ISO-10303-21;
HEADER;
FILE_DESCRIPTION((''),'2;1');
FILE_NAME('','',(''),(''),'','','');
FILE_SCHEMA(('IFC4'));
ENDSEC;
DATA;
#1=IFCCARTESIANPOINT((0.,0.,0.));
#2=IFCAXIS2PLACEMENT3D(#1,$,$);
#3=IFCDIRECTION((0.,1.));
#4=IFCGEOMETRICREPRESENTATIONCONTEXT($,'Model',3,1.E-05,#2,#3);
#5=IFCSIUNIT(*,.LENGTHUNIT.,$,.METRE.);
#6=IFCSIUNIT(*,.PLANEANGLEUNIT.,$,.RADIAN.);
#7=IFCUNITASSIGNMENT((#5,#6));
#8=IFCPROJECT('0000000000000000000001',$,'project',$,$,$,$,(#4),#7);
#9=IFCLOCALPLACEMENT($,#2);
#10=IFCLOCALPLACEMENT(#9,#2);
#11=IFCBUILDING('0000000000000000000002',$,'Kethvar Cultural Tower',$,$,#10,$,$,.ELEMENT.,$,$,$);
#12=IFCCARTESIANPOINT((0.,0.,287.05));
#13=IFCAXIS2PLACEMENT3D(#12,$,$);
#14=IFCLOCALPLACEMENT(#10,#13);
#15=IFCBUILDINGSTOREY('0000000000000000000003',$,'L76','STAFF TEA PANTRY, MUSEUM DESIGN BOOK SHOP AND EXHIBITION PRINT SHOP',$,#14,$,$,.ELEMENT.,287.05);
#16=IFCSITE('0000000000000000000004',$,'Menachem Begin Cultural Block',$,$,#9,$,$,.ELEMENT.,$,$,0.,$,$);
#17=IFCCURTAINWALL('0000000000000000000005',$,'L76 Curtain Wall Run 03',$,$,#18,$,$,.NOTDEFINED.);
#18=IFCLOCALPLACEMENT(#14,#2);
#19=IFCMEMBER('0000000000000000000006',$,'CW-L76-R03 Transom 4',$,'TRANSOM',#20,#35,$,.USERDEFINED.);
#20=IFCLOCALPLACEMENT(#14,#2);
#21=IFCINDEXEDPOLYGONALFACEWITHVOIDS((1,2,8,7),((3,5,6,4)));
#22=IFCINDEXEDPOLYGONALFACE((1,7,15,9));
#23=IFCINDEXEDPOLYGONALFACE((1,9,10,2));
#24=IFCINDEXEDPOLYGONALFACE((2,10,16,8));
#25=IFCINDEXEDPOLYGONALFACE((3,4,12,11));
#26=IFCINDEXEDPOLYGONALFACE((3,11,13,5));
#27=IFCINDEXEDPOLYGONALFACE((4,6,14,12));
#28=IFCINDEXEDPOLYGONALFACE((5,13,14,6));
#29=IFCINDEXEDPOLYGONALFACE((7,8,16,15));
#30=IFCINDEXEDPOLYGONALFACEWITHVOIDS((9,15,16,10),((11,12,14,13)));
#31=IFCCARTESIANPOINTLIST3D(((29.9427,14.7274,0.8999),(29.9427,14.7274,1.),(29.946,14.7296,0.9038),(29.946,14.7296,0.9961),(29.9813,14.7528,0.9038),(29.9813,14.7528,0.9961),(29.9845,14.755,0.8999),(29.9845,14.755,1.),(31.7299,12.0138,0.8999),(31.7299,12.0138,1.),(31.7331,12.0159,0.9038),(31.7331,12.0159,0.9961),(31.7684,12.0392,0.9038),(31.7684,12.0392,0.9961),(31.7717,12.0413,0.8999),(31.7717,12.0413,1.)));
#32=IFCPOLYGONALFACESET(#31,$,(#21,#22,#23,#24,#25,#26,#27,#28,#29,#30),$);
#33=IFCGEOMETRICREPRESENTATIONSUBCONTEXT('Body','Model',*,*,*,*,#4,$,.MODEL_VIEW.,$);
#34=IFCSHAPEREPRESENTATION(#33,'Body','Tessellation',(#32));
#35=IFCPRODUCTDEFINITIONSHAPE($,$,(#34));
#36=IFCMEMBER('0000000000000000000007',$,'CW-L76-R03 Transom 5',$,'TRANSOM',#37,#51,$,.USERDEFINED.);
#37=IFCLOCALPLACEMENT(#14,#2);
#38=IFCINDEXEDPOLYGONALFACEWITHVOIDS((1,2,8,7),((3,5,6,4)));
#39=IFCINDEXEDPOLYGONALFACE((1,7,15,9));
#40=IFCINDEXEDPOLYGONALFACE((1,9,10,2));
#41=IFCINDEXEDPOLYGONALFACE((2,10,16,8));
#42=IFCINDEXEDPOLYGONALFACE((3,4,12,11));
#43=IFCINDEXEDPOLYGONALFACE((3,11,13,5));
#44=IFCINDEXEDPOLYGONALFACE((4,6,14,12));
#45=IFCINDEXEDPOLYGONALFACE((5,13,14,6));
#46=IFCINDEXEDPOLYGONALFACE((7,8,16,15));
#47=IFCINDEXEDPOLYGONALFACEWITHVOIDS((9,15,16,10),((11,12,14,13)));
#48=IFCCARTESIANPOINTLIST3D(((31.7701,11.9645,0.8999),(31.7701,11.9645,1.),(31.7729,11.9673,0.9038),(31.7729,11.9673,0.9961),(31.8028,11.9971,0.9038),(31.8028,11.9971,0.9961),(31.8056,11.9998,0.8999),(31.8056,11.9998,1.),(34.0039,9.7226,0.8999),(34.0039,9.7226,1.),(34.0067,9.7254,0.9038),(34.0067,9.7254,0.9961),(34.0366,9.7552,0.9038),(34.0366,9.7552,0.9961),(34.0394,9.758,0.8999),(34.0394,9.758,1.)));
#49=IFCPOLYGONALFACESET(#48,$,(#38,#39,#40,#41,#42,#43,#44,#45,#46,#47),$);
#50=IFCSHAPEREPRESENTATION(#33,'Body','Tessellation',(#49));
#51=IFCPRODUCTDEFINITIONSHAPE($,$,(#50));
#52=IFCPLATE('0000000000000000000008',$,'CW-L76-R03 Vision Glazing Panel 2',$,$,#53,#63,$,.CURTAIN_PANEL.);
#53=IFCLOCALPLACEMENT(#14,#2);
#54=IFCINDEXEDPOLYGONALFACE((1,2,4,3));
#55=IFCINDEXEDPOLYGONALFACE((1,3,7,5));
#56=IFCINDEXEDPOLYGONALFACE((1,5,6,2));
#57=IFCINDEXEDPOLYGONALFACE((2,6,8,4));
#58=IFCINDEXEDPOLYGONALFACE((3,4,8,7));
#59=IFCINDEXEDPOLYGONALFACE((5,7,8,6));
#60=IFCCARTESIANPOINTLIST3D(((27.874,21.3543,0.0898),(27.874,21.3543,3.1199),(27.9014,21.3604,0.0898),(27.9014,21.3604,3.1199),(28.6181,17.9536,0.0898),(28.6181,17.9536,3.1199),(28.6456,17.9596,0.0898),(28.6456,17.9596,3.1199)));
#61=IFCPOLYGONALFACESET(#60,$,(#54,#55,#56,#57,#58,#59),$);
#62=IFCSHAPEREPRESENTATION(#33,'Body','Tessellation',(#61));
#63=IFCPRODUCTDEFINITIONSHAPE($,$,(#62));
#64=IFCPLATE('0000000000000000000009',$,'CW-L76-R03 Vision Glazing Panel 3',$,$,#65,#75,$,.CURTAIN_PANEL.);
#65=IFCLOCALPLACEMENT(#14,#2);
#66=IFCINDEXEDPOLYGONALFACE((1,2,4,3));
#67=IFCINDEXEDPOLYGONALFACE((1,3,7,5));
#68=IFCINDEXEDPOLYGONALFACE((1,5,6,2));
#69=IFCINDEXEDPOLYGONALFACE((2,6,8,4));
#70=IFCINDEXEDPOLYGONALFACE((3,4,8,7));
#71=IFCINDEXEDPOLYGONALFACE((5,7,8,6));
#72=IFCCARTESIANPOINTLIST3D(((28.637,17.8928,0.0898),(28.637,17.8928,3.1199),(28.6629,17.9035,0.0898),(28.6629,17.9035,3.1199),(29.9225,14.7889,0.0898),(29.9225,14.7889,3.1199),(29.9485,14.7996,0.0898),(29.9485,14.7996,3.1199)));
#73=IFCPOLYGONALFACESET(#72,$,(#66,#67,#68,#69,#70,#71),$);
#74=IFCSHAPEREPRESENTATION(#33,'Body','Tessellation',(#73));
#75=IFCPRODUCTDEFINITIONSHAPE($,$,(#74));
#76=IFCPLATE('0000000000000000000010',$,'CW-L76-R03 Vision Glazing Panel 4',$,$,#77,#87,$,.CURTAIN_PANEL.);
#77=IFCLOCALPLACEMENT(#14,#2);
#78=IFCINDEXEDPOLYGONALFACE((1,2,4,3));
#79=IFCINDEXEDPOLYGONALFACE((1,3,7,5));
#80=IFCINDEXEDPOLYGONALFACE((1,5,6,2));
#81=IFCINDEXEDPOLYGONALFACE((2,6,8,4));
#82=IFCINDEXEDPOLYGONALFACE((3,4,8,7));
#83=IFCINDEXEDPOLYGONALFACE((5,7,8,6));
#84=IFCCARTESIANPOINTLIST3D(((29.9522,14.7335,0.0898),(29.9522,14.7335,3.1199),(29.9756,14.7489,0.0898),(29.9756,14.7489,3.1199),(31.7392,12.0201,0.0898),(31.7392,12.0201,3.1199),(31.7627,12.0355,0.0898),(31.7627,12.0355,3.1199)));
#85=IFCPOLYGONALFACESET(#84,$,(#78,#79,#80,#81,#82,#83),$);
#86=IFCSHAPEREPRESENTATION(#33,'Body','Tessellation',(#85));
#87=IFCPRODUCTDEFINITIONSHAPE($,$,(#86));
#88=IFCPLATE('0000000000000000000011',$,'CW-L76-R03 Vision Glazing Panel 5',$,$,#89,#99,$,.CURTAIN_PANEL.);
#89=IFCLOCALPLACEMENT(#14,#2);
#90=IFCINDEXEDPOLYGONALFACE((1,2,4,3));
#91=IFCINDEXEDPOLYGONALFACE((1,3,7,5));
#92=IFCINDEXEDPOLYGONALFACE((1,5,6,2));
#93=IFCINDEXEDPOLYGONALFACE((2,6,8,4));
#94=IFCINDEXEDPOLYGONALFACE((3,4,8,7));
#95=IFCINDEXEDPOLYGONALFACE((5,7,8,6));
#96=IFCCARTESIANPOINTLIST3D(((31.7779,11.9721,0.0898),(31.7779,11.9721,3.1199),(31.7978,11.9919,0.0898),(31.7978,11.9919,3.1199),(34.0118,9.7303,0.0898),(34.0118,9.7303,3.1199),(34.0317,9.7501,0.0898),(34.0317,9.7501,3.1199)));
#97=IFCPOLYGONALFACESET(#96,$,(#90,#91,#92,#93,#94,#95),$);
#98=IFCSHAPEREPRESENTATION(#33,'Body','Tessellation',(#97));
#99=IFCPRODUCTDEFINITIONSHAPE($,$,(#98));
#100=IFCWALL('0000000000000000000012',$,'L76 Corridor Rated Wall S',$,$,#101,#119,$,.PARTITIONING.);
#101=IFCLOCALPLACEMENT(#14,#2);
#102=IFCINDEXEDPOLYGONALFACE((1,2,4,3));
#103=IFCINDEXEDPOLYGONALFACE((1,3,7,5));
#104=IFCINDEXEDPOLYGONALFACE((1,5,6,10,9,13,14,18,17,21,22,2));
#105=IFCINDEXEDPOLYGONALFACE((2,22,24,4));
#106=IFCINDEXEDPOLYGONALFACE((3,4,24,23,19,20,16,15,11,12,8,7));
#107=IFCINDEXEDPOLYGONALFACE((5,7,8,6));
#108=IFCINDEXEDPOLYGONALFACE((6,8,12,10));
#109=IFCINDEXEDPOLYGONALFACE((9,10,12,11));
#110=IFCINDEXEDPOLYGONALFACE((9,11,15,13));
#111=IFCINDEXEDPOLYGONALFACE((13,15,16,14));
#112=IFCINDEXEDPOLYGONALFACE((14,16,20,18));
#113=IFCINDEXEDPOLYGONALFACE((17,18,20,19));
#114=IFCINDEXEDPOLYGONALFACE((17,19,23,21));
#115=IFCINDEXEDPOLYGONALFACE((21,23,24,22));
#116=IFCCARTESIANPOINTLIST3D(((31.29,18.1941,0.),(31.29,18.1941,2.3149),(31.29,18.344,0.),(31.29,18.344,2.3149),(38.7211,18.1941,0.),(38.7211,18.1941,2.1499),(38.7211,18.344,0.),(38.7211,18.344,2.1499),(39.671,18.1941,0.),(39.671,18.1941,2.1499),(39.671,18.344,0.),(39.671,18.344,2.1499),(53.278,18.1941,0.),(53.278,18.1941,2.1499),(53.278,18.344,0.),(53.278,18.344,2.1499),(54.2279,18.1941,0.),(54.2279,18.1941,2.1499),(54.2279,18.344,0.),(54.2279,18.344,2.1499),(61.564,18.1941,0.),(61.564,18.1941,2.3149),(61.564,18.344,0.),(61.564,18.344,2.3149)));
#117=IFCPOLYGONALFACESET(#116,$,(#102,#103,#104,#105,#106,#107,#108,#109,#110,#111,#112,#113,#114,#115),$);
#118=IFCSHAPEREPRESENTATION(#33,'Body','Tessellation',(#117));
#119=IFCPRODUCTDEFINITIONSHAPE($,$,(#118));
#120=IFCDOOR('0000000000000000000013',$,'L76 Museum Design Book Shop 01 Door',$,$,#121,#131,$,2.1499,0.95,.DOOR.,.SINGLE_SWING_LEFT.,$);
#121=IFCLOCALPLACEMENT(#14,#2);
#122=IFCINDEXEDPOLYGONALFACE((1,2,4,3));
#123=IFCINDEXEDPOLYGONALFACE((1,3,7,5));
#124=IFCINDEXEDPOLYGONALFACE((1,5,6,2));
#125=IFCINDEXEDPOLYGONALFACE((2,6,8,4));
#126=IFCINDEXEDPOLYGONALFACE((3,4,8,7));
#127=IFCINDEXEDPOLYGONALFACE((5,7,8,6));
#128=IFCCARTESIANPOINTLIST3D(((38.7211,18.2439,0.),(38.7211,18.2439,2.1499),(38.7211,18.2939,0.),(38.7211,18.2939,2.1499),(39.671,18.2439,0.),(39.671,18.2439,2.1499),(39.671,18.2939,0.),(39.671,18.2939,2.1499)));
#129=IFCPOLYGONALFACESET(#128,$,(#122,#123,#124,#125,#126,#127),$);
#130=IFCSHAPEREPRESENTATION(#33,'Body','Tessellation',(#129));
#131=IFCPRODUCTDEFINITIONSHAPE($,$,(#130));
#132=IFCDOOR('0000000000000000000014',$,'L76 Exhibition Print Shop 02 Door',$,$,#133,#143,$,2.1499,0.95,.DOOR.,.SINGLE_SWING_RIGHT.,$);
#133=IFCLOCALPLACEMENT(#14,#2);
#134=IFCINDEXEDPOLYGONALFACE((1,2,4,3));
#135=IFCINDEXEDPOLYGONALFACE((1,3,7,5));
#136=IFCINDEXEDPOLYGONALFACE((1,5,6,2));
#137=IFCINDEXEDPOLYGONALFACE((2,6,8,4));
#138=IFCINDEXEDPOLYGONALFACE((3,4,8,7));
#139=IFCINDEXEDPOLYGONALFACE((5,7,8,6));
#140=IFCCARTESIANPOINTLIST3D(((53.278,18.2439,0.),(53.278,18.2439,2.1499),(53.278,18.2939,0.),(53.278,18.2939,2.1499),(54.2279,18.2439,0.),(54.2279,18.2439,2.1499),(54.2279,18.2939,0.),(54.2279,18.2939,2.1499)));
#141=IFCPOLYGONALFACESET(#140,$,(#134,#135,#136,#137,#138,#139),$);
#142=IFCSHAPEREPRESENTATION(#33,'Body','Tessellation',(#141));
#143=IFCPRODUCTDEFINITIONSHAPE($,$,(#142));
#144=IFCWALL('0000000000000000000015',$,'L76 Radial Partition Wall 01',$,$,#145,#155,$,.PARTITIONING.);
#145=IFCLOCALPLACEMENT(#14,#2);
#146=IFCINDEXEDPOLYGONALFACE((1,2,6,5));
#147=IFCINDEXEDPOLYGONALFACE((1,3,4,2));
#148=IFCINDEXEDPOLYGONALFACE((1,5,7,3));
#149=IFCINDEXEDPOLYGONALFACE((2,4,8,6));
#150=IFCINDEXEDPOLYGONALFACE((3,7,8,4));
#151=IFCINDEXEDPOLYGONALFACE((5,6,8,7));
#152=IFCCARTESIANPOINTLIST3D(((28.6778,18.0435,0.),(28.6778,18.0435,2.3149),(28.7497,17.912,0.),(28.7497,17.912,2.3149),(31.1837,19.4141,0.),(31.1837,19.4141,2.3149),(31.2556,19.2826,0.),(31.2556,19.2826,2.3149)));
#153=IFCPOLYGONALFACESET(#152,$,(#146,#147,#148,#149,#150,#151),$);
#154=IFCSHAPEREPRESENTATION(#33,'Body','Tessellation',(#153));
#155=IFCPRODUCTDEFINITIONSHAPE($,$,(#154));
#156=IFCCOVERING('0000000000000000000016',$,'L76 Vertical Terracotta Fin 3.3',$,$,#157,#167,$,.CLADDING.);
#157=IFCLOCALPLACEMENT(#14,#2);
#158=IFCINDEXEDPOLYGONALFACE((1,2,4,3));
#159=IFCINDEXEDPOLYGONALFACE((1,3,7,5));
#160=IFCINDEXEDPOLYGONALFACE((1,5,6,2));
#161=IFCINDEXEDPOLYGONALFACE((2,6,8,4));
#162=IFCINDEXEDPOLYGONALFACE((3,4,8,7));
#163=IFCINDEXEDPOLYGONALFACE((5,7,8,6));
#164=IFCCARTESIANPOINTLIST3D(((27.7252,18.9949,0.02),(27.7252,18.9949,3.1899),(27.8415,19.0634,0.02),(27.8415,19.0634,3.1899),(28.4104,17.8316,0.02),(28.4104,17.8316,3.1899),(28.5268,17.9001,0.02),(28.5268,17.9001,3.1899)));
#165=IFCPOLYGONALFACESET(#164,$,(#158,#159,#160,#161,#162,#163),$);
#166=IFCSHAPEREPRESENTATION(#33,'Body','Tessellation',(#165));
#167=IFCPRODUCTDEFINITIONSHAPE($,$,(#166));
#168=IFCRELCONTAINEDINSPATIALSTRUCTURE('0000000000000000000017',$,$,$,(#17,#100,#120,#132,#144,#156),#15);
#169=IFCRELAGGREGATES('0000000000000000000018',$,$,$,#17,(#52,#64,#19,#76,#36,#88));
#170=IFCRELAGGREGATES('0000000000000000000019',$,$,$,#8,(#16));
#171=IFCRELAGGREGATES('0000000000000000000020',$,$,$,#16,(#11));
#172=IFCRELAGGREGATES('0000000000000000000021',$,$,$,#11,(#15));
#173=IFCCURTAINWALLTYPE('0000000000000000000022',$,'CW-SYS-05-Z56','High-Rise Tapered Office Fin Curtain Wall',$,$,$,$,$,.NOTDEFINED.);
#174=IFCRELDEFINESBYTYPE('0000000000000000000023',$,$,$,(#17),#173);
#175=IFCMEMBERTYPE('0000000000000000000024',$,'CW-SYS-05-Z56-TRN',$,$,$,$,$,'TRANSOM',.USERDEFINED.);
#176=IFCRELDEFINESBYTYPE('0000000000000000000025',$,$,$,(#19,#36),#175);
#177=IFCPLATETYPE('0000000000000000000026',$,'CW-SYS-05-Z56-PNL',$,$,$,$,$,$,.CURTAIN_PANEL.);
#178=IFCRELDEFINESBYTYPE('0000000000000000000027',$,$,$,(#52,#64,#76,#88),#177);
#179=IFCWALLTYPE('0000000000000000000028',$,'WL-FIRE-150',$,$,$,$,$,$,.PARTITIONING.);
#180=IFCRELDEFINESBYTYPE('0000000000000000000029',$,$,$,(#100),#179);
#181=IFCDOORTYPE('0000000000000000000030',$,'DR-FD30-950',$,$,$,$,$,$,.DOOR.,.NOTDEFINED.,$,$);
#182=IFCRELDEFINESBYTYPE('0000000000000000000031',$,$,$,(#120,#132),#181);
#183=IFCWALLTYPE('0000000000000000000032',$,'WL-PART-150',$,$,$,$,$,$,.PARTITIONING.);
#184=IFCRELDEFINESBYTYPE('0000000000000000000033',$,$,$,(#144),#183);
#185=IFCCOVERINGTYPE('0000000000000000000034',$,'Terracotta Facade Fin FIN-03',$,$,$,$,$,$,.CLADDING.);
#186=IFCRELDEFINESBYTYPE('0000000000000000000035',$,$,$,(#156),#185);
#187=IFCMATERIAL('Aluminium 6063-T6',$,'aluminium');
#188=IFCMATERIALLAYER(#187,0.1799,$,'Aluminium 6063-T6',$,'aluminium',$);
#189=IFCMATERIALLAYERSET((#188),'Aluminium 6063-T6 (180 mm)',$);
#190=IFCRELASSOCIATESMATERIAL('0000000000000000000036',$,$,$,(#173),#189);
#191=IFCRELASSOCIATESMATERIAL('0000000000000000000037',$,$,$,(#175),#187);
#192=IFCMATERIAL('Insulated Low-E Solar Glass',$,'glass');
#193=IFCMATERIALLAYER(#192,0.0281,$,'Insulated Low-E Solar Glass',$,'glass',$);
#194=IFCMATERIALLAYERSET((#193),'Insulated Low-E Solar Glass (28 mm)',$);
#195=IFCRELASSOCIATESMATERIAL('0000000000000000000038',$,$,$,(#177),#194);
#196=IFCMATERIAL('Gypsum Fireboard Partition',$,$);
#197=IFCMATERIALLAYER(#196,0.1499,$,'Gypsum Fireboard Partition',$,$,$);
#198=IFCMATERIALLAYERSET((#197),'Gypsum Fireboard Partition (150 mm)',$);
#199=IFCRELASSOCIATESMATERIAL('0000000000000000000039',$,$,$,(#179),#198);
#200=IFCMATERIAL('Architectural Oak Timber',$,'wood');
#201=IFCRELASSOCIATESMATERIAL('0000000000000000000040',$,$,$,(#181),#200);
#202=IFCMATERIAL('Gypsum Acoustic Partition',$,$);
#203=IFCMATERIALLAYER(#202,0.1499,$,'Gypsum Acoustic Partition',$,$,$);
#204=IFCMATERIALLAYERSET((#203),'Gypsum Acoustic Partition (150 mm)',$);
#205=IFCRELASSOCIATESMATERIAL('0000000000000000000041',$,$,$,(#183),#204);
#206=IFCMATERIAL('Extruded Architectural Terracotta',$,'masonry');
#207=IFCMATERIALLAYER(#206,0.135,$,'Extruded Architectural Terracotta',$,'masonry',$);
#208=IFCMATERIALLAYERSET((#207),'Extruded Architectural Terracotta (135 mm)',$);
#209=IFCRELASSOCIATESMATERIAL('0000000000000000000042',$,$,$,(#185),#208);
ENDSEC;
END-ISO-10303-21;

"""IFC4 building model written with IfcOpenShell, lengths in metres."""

from ifc_helpers import new_model, si_unit, direction, frame, frame_2d, origin, origin_2d, place, context, subcontext, project, spatial, rectangle, hollow_rectangle, extrude, source, transform, mapped, material, layer, layer_set, material_profile, profile_set, type_object, element, fill, aggregate, save


model = new_model("IFC4")

# Units and contexts
model_context = context("Model", 3, precision=1e-05, world=origin(), true_north=direction((0.0, 1.0)))
body_context = subcontext(model_context, "Body", "Model", "MODEL_VIEW")
ifc_project = project(units=[si_unit("LENGTHUNIT", "METRE"), si_unit("PLANEANGLEUNIT", "RADIAN")], contexts=[model_context])

# Site, building, storey
site_placement = place(None, origin())
site = spatial("IfcSite", under=ifc_project, at=site_placement, Name="Menachem Begin Cultural Block", CompositionType="ELEMENT", RefElevation=0.0)
building_placement = place(site_placement, origin())
building = spatial("IfcBuilding", under=site, at=building_placement, Name="Kethvar Cultural Tower", CompositionType="ELEMENT")
storey_placement = place(building_placement, frame((0.0, 0.0, 287.05)))
storey = spatial("IfcBuildingStorey", under=building, at=storey_placement, Name="L76", Description="STAFF TEA PANTRY, MUSEUM DESIGN BOOK SHOP AND EXHIBITION PRINT SHOP", CompositionType="ELEMENT", Elevation=287.05)

# Curtain wall, members, plates
ifc_material_1 = material(Name="Aluminium 6063-T6", Category="aluminium")
ifc_layer_1 = layer(ifc_material_1, 0.1799, Name="Aluminium 6063-T6", Category="aluminium")
ifc_layer_set_1 = layer_set([ifc_layer_1], Name="Aluminium 6063-T6 (180 mm)")
curtain_wall_type = type_object("IfcCurtainWallType", Name="CW-SYS-05-Z56", Description="High-Rise Tapered Office Fin Curtain Wall", PredefinedType="NOTDEFINED", material=ifc_layer_set_1)
curtain_wall_placement = place(storey_placement, origin())
curtain_wall = element("IfcCurtainWall", 1, at=curtain_wall_placement, inside=storey, type_object=curtain_wall_type, Name="L76 Curtain Wall Run 03", PredefinedType="NOTDEFINED")
ifc_material_profile_1 = material_profile(ifc_material_1, hollow_rectangle(XDim=0.05, YDim=0.1001, WallThickness=0.0039, at=origin_2d()), Name="Aluminium 6063-T6 — RHS100x50x4")
ifc_profile_set_1 = profile_set([ifc_material_profile_1], Name="Aluminium 6063-T6 — RHS100x50x4")
member_type_1 = type_object("IfcMemberType", Name="CW-SYS-05-Z56-TRN", ElementType="TRANSOM", PredefinedType="USERDEFINED", material=ifc_profile_set_1)
shared_shape_1 = source(origin(), body_context, "Body", "SweptSolid", [
    extrude(hollow_rectangle(XDim=0.05, YDim=0.1001, WallThickness=0.0039, at=origin_2d()), origin(), (0.0, 0.0, 1.0), 3.2493),
])
member_1_placement = place(storey_placement, frame((29.9636, 14.7412, 0.95), z_axis=(0.55001, -0.835158, 0.0), x_axis=(0.835158, 0.55001, 0.0)))
member_1 = element("IfcMember", 2, at=member_1_placement, type_object=member_type_1, Name="CW-L76-R03 Transom 4", ObjectType="TRANSOM", PredefinedType="USERDEFINED", context=body_context, shape_type="MappedRepresentation", body=[
    mapped(shared_shape_1, transform((0.0, 0.0, 0.0), scale=1.0)),
])
shared_shape_2 = source(origin(), body_context, "Body", "SweptSolid", [
    extrude(hollow_rectangle(XDim=0.05, YDim=0.1001, WallThickness=0.0039, at=origin_2d()), origin(), (0.0, 0.0, 1.0), 3.1648),
])
member_2_placement = place(storey_placement, frame((31.7878, 11.9822, 0.95), z_axis=(0.705833, -0.708378, 0.0), x_axis=(0.708378, 0.705833, 0.0)))
member_2 = element("IfcMember", 3, at=member_2_placement, type_object=member_type_1, Name="CW-L76-R03 Transom 5", ObjectType="TRANSOM", PredefinedType="USERDEFINED", context=body_context, shape_type="MappedRepresentation", body=[
    mapped(shared_shape_2, transform((0.0, 0.0, 0.0), scale=1.0)),
])
ifc_material_2 = material(Name="Insulated Low-E Solar Glass", Category="glass")
ifc_layer_2 = layer(ifc_material_2, 0.0281, Name="Insulated Low-E Solar Glass", Category="glass")
ifc_layer_set_2 = layer_set([ifc_layer_2], Name="Insulated Low-E Solar Glass (28 mm)")
plate_type = type_object("IfcPlateType", Name="CW-SYS-05-Z56-PNL", PredefinedType="CURTAIN_PANEL", material=ifc_layer_set_2)
shared_shape_3 = source(origin(), body_context, "Body", "SweptSolid", [
    extrude(rectangle(XDim=3.4812, YDim=0.0281, at=origin_2d()), origin(), (0.0, 0.0, 1.0), 3.03),
])
plate_1_placement = place(storey_placement, frame((28.2598, 19.657, 0.0898), z_axis=(0.0, 0.0, 1.0), x_axis=(0.213764, -0.976885, 0.0)))
plate_1 = element("IfcPlate", 4, at=plate_1_placement, type_object=plate_type, Name="CW-L76-R03 Vision Glazing Panel 2", PredefinedType="CURTAIN_PANEL", context=body_context, shape_type="MappedRepresentation", body=[
    mapped(shared_shape_3, transform((0.0, 0.0, 0.0), scale=1.0)),
])
shared_shape_4 = source(origin(), body_context, "Body", "SweptSolid", [
    extrude(rectangle(XDim=3.3596, YDim=0.0281, at=origin_2d()), origin(), (0.0, 0.0, 1.0), 3.03),
])
plate_2_placement = place(storey_placement, frame((29.2927, 16.3462, 0.0898), z_axis=(0.0, 0.0, 1.0), x_axis=(0.382651, -0.923893, 0.0)))
plate_2 = element("IfcPlate", 5, at=plate_2_placement, type_object=plate_type, Name="CW-L76-R03 Vision Glazing Panel 3", PredefinedType="CURTAIN_PANEL", context=body_context, shape_type="MappedRepresentation", body=[
    mapped(shared_shape_4, transform((0.0, 0.0, 0.0), scale=1.0)),
])
shared_shape_5 = source(origin(), body_context, "Body", "SweptSolid", [
    extrude(rectangle(XDim=3.249, YDim=0.0281, at=origin_2d()), origin(), (0.0, 0.0, 1.0), 3.03),
])
plate_3_placement = place(storey_placement, frame((30.8574, 13.3845, 0.0898), z_axis=(0.0, 0.0, 1.0), x_axis=(0.550029, -0.835146, 0.0)))
plate_3 = element("IfcPlate", 6, at=plate_3_placement, type_object=plate_type, Name="CW-L76-R03 Vision Glazing Panel 4", PredefinedType="CURTAIN_PANEL", context=body_context, shape_type="MappedRepresentation", body=[
    mapped(shared_shape_5, transform((0.0, 0.0, 0.0), scale=1.0)),
])
shared_shape_6 = source(origin(), body_context, "Body", "SweptSolid", [
    extrude(rectangle(XDim=3.1648, YDim=0.0281, at=origin_2d()), origin(), (0.0, 0.0, 1.0), 3.03),
])
plate_4_placement = place(storey_placement, frame((32.9048, 10.8611, 0.0898), z_axis=(0.0, 0.0, 1.0), x_axis=(0.705859, -0.708352, 0.0)))
plate_4 = element("IfcPlate", 7, at=plate_4_placement, type_object=plate_type, Name="CW-L76-R03 Vision Glazing Panel 5", PredefinedType="CURTAIN_PANEL", context=body_context, shape_type="MappedRepresentation", body=[
    mapped(shared_shape_6, transform((0.0, 0.0, 0.0), scale=1.0)),
])
aggregate(curtain_wall, [plate_1, plate_2, member_1, plate_3, member_2, plate_4])

# Wall, openings, doors
ifc_material_3 = material(Name="Gypsum Fireboard Partition")
ifc_layer_3 = layer(ifc_material_3, 0.1499, Name="Gypsum Fireboard Partition")
ifc_layer_set_3 = layer_set([ifc_layer_3], Name="Gypsum Fireboard Partition (150 mm)")
wall_type_1 = type_object("IfcWallType", Name="WL-FIRE-150", PredefinedType="PARTITIONING", material=ifc_layer_set_3)
wall_1_placement = place(storey_placement, frame((31.29, 18.269, 0.0), z_axis=(0.0, 0.0, 1.0), x_axis=(1.0, 0.0, 0.0)))
wall_1 = element("IfcWall", 8, at=wall_1_placement, inside=storey, type_object=wall_type_1, Name="L76 Corridor Rated Wall S", PredefinedType="PARTITIONING", context=body_context, shape_type="SweptSolid", body=[
    extrude(rectangle(XDim=30.2739, YDim=0.1499, at=frame_2d((15.137, 0.0))), origin(), (0.0, 0.0, 1.0), 2.3149),
])
opening_1_placement = place(wall_1_placement, frame((7.4309, 0.0, 0.0)))
opening_1 = element("IfcOpeningElement", 9, at=opening_1_placement, cuts=wall_1, PredefinedType="OPENING", context=body_context, shape_type="SweptSolid", body=[
    extrude(rectangle(XDim=0.95, YDim=2.1499, at=frame_2d((0.4751, 1.075))), frame((0.0, 0.085, 0.0), z_axis=(0.0, -1.0, 0.0), x_axis=(1.0, 0.0, 0.0)), (0.0, 0.0, 1.0), 0.1699),
])
opening_2_placement = place(wall_1_placement, frame((21.9878, 0.0, 0.0)))
opening_2 = element("IfcOpeningElement", 10, at=opening_2_placement, cuts=wall_1, PredefinedType="OPENING", context=body_context, shape_type="SweptSolid", body=[
    extrude(rectangle(XDim=0.95, YDim=2.1499, at=frame_2d((0.4751, 1.075))), frame((0.0, 0.085, 0.0), z_axis=(0.0, -1.0, 0.0), x_axis=(1.0, 0.0, 0.0)), (0.0, 0.0, 1.0), 0.1699),
])
ifc_material_4 = material(Name="Architectural Oak Timber", Category="wood")
door_type = type_object("IfcDoorType", Name="DR-FD30-950", OperationType="NOTDEFINED", PredefinedType="DOOR", material=ifc_material_4)
shared_shape_7 = source(origin(), body_context, "Body", "SweptSolid", [
    extrude(rectangle(XDim=0.95, YDim=2.1499, at=frame_2d((0.4751, 1.075))), frame((0.0, 0.0249, 0.0), z_axis=(0.0, -1.0, 0.0), x_axis=(1.0, 0.0, 0.0)), (0.0, 0.0, 1.0), 0.05),
])
door_1_placement = place(opening_1_placement, origin())
door_1 = element("IfcDoor", 11, at=door_1_placement, inside=storey, type_object=door_type, Name="L76 Museum Design Book Shop 01 Door", OperationType="SINGLE_SWING_LEFT", OverallHeight=2.1499, OverallWidth=0.95, PredefinedType="DOOR", context=body_context, shape_type="MappedRepresentation", body=[
    mapped(shared_shape_7, transform((0.0, 0.0, 0.0), scale=1.0)),
])
fill(opening_1, door_1)
door_2_placement = place(opening_2_placement, origin())
door_2 = element("IfcDoor", 12, at=door_2_placement, inside=storey, type_object=door_type, Name="L76 Exhibition Print Shop 02 Door", OperationType="SINGLE_SWING_RIGHT", OverallHeight=2.1499, OverallWidth=0.95, PredefinedType="DOOR", context=body_context, shape_type="MappedRepresentation", body=[
    mapped(shared_shape_7, transform((0.0, 0.0, 0.0), scale=1.0)),
])
fill(opening_2, door_2)

# Wall
ifc_material_5 = material(Name="Gypsum Acoustic Partition")
ifc_layer_4 = layer(ifc_material_5, 0.1499, Name="Gypsum Acoustic Partition")
ifc_layer_set_4 = layer_set([ifc_layer_4], Name="Gypsum Acoustic Partition (150 mm)")
wall_type_2 = type_object("IfcWallType", Name="WL-PART-150", PredefinedType="PARTITIONING", material=ifc_layer_set_4)
wall_2_placement = place(storey_placement, frame((31.2197, 19.3484, 0.0), z_axis=(0.0, 0.0, 1.0), x_axis=(-0.87734, -0.47987, 0.0)))
element("IfcWall", 13, at=wall_2_placement, inside=storey, type_object=wall_type_2, Name="L76 Radial Partition Wall 01", PredefinedType="PARTITIONING", context=body_context, shape_type="SweptSolid", body=[
    extrude(rectangle(XDim=2.8562, YDim=0.1499, at=frame_2d((1.4282, 0.0))), origin(), (0.0, 0.0, 1.0), 2.3149),
])

# Covering
ifc_material_6 = material(Name="Extruded Architectural Terracotta", Category="masonry")
ifc_layer_5 = layer(ifc_material_6, 0.135, Name="Extruded Architectural Terracotta", Category="masonry")
ifc_layer_set_5 = layer_set([ifc_layer_5], Name="Extruded Architectural Terracotta (135 mm)")
covering_type = type_object("IfcCoveringType", Name="Terracotta Facade Fin FIN-03", PredefinedType="CLADDING", material=ifc_layer_set_5)
shared_shape_8 = source(origin(), body_context, "Body", "SweptSolid", [
    extrude(rectangle(XDim=1.3501, YDim=0.135, at=origin_2d()), origin(), (0.0, 0.0, 1.0), 3.1699),
])
for number, where, z_axis, x_axis, name in (
    (14, (28.126, 18.4475, 0.02), (0.0, 0.0, 1.0), (-0.507538, 0.861629, 0.0), "L76 Vertical Terracotta Fin 3.3"),
):
    element("IfcCovering", number, at=place(storey_placement, frame(where, z_axis=z_axis, x_axis=x_axis)), inside=storey, type_object=covering_type, Name=name, PredefinedType="CLADDING", context=body_context, shape_type="MappedRepresentation", body=[
        mapped(shared_shape_8, transform((0.0, 0.0, 0.0), scale=1.0)),
    ])

save(model, "model.ifc")
